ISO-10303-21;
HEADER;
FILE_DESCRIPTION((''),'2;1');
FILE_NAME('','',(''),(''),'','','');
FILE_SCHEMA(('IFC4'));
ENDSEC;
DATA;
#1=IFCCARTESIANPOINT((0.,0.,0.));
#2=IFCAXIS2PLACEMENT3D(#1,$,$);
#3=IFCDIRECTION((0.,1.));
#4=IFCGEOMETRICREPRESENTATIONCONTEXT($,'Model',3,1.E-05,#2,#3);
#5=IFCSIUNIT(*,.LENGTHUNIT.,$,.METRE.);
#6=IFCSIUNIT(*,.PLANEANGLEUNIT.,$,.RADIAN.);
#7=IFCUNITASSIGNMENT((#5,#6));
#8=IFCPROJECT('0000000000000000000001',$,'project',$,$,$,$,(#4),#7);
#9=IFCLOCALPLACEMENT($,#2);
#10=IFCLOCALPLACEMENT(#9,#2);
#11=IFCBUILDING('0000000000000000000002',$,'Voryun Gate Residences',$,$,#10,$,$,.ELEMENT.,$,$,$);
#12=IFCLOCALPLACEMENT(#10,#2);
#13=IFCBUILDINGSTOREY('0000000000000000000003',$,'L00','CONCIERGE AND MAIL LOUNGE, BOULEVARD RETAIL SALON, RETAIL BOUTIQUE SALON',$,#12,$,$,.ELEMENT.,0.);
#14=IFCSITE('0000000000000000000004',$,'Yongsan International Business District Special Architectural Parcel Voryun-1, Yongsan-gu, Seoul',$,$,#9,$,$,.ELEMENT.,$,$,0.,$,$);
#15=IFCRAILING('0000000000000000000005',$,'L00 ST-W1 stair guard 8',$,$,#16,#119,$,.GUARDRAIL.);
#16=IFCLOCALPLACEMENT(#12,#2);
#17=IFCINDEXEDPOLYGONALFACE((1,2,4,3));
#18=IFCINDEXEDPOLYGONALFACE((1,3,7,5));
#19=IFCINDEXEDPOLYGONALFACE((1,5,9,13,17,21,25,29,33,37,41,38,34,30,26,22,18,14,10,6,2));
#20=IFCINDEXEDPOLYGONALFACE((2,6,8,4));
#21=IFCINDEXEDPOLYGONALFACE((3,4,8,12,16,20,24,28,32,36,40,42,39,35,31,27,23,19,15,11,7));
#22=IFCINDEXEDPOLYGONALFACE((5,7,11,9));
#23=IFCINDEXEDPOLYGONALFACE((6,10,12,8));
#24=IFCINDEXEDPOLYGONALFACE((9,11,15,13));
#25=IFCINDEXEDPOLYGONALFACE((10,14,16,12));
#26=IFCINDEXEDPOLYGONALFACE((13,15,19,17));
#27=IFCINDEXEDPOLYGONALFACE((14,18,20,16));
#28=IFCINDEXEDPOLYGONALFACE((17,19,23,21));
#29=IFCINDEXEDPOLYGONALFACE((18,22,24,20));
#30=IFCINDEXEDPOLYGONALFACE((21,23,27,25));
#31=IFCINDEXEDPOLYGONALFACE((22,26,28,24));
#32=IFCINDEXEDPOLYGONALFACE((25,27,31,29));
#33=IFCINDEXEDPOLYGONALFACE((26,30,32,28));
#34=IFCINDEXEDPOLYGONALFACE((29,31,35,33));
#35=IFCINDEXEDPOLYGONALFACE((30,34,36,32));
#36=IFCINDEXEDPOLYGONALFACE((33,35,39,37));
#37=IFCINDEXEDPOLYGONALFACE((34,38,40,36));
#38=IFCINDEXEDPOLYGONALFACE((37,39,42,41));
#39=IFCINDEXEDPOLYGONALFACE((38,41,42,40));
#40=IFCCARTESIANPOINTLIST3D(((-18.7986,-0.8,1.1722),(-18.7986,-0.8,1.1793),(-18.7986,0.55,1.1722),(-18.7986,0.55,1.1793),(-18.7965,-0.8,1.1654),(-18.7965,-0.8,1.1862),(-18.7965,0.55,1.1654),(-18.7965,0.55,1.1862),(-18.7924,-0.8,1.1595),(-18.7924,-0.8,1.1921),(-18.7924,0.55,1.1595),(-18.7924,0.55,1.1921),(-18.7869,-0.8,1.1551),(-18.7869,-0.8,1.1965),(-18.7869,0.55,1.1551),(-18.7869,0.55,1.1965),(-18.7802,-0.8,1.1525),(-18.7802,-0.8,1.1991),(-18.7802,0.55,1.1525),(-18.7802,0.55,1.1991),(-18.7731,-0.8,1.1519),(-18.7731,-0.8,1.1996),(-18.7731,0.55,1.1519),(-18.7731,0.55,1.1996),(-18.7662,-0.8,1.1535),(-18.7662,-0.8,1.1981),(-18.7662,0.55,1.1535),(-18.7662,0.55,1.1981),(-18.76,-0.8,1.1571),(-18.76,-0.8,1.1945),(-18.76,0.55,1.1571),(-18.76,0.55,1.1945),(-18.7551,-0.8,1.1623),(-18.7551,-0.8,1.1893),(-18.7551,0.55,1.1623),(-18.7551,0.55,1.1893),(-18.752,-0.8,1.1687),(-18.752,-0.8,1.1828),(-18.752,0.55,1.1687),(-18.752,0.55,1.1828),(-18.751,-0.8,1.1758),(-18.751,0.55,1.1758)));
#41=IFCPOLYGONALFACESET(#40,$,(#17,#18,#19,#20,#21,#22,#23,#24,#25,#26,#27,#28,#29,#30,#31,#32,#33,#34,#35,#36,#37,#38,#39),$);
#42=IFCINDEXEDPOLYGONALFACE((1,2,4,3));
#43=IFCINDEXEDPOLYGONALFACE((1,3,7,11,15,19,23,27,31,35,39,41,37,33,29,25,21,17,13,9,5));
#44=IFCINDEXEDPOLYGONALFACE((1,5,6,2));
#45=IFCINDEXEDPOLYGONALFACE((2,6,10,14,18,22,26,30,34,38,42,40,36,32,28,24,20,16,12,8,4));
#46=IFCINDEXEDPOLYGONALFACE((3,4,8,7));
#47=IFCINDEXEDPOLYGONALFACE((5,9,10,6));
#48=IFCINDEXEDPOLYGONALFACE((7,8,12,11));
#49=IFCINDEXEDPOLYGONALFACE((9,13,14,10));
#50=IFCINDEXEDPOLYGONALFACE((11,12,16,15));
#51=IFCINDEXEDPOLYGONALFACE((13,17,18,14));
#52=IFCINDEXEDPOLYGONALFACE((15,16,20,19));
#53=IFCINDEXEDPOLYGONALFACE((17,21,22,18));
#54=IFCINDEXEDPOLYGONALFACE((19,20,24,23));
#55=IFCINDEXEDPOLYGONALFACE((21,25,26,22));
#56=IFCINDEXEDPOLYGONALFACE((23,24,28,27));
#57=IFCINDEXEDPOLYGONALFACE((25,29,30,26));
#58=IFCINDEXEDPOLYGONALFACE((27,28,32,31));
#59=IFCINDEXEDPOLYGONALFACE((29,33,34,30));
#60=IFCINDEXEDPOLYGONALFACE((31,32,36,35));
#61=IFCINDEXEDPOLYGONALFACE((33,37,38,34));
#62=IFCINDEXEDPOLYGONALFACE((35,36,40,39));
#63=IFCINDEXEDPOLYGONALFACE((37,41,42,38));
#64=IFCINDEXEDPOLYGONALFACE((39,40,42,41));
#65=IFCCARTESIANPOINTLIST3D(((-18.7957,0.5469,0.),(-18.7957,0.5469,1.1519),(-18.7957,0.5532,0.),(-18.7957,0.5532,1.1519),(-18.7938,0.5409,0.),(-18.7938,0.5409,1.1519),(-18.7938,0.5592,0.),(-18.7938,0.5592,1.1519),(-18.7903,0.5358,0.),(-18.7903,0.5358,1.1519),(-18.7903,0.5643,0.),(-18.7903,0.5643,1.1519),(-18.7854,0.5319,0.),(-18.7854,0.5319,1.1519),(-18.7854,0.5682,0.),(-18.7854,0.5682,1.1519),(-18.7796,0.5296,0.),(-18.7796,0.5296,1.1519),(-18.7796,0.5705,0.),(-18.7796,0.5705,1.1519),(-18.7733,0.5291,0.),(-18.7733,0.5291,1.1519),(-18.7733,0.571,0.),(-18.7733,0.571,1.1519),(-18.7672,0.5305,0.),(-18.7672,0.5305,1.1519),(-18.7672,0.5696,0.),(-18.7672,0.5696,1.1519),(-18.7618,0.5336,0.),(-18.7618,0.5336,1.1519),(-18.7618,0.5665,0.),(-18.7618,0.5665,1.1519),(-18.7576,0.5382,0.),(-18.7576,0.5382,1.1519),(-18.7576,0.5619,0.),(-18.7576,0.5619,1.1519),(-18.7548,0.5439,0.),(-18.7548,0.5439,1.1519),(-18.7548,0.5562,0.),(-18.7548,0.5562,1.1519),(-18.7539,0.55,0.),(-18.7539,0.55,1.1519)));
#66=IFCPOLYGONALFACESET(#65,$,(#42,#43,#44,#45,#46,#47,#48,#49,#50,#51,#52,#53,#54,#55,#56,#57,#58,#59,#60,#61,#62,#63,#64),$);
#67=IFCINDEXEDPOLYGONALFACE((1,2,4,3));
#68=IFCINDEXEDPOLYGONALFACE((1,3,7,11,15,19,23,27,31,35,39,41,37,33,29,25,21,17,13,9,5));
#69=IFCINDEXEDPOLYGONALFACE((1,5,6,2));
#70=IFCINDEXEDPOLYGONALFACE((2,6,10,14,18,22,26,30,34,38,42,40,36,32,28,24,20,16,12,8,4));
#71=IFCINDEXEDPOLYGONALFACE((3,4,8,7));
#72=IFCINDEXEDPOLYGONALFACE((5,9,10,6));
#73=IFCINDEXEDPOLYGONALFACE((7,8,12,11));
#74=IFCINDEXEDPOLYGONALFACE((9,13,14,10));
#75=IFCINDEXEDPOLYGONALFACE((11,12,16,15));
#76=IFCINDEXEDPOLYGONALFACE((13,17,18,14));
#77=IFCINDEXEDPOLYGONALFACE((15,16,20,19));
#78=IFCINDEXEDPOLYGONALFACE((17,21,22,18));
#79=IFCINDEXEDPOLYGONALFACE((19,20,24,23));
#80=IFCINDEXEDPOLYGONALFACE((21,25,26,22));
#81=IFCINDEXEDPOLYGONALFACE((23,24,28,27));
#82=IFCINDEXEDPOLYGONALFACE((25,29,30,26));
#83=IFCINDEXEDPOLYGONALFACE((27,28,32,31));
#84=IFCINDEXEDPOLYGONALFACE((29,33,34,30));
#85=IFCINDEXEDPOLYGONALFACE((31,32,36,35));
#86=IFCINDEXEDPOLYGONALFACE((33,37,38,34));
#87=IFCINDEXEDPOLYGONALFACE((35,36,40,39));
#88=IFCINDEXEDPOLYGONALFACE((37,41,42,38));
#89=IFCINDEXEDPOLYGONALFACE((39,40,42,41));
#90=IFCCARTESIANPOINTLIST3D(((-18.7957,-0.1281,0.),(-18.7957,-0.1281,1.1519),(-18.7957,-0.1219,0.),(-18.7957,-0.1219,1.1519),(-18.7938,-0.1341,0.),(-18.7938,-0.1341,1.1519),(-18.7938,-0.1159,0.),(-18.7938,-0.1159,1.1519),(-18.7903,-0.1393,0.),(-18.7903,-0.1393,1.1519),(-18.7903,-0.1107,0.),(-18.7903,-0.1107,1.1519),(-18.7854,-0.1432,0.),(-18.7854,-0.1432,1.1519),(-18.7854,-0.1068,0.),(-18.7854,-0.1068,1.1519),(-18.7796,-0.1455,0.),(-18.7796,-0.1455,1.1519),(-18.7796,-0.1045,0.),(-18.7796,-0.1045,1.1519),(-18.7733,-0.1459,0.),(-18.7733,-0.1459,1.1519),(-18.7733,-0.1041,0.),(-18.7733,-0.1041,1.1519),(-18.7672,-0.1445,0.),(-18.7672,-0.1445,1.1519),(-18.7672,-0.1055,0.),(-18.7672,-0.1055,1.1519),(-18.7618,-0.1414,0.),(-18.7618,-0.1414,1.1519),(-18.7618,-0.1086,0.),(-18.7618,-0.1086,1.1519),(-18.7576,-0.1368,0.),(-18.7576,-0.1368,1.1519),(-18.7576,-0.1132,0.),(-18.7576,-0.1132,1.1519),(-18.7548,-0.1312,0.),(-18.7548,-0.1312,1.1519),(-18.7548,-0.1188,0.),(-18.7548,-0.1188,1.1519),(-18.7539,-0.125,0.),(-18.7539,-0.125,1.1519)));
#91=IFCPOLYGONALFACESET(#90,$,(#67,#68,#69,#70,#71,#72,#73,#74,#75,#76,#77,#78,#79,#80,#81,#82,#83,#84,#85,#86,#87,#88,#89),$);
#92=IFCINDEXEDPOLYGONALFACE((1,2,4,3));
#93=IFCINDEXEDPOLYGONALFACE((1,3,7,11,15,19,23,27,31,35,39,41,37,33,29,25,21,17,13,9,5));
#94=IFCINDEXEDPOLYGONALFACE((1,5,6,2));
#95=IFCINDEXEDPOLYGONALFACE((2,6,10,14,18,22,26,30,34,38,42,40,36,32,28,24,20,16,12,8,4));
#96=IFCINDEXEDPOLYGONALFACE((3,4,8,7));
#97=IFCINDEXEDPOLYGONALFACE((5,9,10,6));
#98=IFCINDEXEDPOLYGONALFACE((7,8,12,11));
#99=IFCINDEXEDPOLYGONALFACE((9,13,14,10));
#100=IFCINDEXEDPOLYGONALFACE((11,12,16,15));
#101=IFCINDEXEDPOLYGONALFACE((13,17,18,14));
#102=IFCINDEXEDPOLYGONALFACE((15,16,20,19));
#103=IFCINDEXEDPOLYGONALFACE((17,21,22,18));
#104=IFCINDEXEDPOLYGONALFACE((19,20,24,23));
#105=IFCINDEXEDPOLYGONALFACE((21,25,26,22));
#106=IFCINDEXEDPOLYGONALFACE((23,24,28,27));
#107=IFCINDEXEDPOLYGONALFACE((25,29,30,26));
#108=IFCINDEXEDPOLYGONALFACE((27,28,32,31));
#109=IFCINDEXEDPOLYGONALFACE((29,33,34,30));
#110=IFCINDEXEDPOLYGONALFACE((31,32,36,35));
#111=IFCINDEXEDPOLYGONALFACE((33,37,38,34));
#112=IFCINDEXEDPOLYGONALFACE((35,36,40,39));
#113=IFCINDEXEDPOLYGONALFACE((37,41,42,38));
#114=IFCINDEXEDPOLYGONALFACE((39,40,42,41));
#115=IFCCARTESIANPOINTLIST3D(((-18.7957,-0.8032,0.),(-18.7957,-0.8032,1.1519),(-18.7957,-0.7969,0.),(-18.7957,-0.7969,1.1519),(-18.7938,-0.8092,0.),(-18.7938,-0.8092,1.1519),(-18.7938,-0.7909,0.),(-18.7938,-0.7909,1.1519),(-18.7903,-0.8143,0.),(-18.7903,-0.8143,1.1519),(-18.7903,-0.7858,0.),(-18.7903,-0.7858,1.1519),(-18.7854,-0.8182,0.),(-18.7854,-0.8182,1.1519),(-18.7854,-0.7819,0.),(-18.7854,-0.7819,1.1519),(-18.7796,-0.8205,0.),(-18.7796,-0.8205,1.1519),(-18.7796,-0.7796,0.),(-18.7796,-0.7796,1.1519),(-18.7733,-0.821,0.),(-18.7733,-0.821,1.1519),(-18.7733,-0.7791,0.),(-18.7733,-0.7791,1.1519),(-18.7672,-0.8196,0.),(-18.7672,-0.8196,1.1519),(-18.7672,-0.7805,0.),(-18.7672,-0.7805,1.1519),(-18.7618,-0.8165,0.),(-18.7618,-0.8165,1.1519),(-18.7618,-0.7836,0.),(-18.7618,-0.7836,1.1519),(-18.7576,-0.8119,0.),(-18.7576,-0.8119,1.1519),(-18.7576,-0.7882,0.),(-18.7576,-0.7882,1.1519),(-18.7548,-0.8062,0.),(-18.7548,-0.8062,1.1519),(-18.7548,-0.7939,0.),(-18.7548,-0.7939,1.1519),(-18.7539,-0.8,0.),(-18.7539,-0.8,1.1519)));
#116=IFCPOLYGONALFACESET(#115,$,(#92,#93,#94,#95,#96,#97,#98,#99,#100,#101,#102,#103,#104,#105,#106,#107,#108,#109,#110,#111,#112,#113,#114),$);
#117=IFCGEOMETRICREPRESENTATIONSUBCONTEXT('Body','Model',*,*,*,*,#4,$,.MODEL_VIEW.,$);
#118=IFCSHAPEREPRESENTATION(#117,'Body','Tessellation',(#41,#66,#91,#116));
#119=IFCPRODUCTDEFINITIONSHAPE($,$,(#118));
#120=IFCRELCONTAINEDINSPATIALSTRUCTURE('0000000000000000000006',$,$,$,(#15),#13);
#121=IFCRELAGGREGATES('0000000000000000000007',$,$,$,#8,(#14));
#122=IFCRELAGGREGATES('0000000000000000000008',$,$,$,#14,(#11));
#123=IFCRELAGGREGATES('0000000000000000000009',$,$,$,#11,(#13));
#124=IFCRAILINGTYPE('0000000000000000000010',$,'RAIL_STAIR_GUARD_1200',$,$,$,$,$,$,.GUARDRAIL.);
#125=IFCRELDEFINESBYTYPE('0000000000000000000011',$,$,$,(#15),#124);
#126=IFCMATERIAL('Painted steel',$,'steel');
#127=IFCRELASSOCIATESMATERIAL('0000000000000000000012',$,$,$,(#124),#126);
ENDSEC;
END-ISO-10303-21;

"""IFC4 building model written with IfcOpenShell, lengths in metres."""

from ifc_helpers import new_model, si_unit, direction, frame, origin, origin_2d, place, context, subcontext, project, spatial, circle, extrude, material, type_object, element, save


model = new_model("IFC4")

# Units and contexts
model_context = context("Model", 3, precision=1e-05, world=origin(), true_north=direction((0.0, 1.0)))
body_context = subcontext(model_context, "Body", "Model", "MODEL_VIEW")
ifc_project = project(units=[si_unit("LENGTHUNIT", "METRE"), si_unit("PLANEANGLEUNIT", "RADIAN")], contexts=[model_context])

# Site, building, storey
site_placement = place(None, origin())
site = spatial("IfcSite", under=ifc_project, at=site_placement, Name="Yongsan International Business District Special Architectural Parcel Voryun-1, Yongsan-gu, Seoul", CompositionType="ELEMENT", RefElevation=0.0)
building_placement = place(site_placement, origin())
building = spatial("IfcBuilding", under=site, at=building_placement, Name="Voryun Gate Residences", CompositionType="ELEMENT")
storey_placement = place(building_placement, origin())
storey = spatial("IfcBuildingStorey", under=building, at=storey_placement, Name="L00", Description="CONCIERGE AND MAIL LOUNGE, BOULEVARD RETAIL SALON, RETAIL BOUTIQUE SALON", CompositionType="ELEMENT", Elevation=0.0)

# Railing
ifc_material_1 = material(Name="Painted steel", Category="steel")
railing_type_1 = type_object("IfcRailingType", Name="RAIL_STAIR_GUARD_1200", PredefinedType="GUARDRAIL", material=ifc_material_1)
railing_1_placement = place(storey_placement, frame((-18.7749, 0.55, 0.0)))
element("IfcRailing", 1, at=railing_1_placement, inside=storey, type_object=railing_type_1, Name="L00 ST-W1 stair guard 8", PredefinedType="GUARDRAIL", context=body_context, shape_type="SweptSolid", body=[
    extrude(circle(Radius=0.0239, at=origin_2d()), frame((0.0, 0.0, 1.1758), z_axis=(0.0, -1.0, 0.0), x_axis=(1.0, 0.0, 0.0)), (0.0, 0.0, 1.0), 1.3501),
    extrude(circle(Radius=0.021, at=origin_2d()), origin(), (0.0, 0.0, 1.0), 1.1519),
    extrude(circle(Radius=0.021, at=origin_2d()), frame((0.0, -0.675, 0.0)), (0.0, 0.0, 1.0), 1.1519),
    extrude(circle(Radius=0.021, at=origin_2d()), frame((0.0, -1.3501, 0.0)), (0.0, 0.0, 1.0), 1.1519),
])

save(model, "model.ifc")
